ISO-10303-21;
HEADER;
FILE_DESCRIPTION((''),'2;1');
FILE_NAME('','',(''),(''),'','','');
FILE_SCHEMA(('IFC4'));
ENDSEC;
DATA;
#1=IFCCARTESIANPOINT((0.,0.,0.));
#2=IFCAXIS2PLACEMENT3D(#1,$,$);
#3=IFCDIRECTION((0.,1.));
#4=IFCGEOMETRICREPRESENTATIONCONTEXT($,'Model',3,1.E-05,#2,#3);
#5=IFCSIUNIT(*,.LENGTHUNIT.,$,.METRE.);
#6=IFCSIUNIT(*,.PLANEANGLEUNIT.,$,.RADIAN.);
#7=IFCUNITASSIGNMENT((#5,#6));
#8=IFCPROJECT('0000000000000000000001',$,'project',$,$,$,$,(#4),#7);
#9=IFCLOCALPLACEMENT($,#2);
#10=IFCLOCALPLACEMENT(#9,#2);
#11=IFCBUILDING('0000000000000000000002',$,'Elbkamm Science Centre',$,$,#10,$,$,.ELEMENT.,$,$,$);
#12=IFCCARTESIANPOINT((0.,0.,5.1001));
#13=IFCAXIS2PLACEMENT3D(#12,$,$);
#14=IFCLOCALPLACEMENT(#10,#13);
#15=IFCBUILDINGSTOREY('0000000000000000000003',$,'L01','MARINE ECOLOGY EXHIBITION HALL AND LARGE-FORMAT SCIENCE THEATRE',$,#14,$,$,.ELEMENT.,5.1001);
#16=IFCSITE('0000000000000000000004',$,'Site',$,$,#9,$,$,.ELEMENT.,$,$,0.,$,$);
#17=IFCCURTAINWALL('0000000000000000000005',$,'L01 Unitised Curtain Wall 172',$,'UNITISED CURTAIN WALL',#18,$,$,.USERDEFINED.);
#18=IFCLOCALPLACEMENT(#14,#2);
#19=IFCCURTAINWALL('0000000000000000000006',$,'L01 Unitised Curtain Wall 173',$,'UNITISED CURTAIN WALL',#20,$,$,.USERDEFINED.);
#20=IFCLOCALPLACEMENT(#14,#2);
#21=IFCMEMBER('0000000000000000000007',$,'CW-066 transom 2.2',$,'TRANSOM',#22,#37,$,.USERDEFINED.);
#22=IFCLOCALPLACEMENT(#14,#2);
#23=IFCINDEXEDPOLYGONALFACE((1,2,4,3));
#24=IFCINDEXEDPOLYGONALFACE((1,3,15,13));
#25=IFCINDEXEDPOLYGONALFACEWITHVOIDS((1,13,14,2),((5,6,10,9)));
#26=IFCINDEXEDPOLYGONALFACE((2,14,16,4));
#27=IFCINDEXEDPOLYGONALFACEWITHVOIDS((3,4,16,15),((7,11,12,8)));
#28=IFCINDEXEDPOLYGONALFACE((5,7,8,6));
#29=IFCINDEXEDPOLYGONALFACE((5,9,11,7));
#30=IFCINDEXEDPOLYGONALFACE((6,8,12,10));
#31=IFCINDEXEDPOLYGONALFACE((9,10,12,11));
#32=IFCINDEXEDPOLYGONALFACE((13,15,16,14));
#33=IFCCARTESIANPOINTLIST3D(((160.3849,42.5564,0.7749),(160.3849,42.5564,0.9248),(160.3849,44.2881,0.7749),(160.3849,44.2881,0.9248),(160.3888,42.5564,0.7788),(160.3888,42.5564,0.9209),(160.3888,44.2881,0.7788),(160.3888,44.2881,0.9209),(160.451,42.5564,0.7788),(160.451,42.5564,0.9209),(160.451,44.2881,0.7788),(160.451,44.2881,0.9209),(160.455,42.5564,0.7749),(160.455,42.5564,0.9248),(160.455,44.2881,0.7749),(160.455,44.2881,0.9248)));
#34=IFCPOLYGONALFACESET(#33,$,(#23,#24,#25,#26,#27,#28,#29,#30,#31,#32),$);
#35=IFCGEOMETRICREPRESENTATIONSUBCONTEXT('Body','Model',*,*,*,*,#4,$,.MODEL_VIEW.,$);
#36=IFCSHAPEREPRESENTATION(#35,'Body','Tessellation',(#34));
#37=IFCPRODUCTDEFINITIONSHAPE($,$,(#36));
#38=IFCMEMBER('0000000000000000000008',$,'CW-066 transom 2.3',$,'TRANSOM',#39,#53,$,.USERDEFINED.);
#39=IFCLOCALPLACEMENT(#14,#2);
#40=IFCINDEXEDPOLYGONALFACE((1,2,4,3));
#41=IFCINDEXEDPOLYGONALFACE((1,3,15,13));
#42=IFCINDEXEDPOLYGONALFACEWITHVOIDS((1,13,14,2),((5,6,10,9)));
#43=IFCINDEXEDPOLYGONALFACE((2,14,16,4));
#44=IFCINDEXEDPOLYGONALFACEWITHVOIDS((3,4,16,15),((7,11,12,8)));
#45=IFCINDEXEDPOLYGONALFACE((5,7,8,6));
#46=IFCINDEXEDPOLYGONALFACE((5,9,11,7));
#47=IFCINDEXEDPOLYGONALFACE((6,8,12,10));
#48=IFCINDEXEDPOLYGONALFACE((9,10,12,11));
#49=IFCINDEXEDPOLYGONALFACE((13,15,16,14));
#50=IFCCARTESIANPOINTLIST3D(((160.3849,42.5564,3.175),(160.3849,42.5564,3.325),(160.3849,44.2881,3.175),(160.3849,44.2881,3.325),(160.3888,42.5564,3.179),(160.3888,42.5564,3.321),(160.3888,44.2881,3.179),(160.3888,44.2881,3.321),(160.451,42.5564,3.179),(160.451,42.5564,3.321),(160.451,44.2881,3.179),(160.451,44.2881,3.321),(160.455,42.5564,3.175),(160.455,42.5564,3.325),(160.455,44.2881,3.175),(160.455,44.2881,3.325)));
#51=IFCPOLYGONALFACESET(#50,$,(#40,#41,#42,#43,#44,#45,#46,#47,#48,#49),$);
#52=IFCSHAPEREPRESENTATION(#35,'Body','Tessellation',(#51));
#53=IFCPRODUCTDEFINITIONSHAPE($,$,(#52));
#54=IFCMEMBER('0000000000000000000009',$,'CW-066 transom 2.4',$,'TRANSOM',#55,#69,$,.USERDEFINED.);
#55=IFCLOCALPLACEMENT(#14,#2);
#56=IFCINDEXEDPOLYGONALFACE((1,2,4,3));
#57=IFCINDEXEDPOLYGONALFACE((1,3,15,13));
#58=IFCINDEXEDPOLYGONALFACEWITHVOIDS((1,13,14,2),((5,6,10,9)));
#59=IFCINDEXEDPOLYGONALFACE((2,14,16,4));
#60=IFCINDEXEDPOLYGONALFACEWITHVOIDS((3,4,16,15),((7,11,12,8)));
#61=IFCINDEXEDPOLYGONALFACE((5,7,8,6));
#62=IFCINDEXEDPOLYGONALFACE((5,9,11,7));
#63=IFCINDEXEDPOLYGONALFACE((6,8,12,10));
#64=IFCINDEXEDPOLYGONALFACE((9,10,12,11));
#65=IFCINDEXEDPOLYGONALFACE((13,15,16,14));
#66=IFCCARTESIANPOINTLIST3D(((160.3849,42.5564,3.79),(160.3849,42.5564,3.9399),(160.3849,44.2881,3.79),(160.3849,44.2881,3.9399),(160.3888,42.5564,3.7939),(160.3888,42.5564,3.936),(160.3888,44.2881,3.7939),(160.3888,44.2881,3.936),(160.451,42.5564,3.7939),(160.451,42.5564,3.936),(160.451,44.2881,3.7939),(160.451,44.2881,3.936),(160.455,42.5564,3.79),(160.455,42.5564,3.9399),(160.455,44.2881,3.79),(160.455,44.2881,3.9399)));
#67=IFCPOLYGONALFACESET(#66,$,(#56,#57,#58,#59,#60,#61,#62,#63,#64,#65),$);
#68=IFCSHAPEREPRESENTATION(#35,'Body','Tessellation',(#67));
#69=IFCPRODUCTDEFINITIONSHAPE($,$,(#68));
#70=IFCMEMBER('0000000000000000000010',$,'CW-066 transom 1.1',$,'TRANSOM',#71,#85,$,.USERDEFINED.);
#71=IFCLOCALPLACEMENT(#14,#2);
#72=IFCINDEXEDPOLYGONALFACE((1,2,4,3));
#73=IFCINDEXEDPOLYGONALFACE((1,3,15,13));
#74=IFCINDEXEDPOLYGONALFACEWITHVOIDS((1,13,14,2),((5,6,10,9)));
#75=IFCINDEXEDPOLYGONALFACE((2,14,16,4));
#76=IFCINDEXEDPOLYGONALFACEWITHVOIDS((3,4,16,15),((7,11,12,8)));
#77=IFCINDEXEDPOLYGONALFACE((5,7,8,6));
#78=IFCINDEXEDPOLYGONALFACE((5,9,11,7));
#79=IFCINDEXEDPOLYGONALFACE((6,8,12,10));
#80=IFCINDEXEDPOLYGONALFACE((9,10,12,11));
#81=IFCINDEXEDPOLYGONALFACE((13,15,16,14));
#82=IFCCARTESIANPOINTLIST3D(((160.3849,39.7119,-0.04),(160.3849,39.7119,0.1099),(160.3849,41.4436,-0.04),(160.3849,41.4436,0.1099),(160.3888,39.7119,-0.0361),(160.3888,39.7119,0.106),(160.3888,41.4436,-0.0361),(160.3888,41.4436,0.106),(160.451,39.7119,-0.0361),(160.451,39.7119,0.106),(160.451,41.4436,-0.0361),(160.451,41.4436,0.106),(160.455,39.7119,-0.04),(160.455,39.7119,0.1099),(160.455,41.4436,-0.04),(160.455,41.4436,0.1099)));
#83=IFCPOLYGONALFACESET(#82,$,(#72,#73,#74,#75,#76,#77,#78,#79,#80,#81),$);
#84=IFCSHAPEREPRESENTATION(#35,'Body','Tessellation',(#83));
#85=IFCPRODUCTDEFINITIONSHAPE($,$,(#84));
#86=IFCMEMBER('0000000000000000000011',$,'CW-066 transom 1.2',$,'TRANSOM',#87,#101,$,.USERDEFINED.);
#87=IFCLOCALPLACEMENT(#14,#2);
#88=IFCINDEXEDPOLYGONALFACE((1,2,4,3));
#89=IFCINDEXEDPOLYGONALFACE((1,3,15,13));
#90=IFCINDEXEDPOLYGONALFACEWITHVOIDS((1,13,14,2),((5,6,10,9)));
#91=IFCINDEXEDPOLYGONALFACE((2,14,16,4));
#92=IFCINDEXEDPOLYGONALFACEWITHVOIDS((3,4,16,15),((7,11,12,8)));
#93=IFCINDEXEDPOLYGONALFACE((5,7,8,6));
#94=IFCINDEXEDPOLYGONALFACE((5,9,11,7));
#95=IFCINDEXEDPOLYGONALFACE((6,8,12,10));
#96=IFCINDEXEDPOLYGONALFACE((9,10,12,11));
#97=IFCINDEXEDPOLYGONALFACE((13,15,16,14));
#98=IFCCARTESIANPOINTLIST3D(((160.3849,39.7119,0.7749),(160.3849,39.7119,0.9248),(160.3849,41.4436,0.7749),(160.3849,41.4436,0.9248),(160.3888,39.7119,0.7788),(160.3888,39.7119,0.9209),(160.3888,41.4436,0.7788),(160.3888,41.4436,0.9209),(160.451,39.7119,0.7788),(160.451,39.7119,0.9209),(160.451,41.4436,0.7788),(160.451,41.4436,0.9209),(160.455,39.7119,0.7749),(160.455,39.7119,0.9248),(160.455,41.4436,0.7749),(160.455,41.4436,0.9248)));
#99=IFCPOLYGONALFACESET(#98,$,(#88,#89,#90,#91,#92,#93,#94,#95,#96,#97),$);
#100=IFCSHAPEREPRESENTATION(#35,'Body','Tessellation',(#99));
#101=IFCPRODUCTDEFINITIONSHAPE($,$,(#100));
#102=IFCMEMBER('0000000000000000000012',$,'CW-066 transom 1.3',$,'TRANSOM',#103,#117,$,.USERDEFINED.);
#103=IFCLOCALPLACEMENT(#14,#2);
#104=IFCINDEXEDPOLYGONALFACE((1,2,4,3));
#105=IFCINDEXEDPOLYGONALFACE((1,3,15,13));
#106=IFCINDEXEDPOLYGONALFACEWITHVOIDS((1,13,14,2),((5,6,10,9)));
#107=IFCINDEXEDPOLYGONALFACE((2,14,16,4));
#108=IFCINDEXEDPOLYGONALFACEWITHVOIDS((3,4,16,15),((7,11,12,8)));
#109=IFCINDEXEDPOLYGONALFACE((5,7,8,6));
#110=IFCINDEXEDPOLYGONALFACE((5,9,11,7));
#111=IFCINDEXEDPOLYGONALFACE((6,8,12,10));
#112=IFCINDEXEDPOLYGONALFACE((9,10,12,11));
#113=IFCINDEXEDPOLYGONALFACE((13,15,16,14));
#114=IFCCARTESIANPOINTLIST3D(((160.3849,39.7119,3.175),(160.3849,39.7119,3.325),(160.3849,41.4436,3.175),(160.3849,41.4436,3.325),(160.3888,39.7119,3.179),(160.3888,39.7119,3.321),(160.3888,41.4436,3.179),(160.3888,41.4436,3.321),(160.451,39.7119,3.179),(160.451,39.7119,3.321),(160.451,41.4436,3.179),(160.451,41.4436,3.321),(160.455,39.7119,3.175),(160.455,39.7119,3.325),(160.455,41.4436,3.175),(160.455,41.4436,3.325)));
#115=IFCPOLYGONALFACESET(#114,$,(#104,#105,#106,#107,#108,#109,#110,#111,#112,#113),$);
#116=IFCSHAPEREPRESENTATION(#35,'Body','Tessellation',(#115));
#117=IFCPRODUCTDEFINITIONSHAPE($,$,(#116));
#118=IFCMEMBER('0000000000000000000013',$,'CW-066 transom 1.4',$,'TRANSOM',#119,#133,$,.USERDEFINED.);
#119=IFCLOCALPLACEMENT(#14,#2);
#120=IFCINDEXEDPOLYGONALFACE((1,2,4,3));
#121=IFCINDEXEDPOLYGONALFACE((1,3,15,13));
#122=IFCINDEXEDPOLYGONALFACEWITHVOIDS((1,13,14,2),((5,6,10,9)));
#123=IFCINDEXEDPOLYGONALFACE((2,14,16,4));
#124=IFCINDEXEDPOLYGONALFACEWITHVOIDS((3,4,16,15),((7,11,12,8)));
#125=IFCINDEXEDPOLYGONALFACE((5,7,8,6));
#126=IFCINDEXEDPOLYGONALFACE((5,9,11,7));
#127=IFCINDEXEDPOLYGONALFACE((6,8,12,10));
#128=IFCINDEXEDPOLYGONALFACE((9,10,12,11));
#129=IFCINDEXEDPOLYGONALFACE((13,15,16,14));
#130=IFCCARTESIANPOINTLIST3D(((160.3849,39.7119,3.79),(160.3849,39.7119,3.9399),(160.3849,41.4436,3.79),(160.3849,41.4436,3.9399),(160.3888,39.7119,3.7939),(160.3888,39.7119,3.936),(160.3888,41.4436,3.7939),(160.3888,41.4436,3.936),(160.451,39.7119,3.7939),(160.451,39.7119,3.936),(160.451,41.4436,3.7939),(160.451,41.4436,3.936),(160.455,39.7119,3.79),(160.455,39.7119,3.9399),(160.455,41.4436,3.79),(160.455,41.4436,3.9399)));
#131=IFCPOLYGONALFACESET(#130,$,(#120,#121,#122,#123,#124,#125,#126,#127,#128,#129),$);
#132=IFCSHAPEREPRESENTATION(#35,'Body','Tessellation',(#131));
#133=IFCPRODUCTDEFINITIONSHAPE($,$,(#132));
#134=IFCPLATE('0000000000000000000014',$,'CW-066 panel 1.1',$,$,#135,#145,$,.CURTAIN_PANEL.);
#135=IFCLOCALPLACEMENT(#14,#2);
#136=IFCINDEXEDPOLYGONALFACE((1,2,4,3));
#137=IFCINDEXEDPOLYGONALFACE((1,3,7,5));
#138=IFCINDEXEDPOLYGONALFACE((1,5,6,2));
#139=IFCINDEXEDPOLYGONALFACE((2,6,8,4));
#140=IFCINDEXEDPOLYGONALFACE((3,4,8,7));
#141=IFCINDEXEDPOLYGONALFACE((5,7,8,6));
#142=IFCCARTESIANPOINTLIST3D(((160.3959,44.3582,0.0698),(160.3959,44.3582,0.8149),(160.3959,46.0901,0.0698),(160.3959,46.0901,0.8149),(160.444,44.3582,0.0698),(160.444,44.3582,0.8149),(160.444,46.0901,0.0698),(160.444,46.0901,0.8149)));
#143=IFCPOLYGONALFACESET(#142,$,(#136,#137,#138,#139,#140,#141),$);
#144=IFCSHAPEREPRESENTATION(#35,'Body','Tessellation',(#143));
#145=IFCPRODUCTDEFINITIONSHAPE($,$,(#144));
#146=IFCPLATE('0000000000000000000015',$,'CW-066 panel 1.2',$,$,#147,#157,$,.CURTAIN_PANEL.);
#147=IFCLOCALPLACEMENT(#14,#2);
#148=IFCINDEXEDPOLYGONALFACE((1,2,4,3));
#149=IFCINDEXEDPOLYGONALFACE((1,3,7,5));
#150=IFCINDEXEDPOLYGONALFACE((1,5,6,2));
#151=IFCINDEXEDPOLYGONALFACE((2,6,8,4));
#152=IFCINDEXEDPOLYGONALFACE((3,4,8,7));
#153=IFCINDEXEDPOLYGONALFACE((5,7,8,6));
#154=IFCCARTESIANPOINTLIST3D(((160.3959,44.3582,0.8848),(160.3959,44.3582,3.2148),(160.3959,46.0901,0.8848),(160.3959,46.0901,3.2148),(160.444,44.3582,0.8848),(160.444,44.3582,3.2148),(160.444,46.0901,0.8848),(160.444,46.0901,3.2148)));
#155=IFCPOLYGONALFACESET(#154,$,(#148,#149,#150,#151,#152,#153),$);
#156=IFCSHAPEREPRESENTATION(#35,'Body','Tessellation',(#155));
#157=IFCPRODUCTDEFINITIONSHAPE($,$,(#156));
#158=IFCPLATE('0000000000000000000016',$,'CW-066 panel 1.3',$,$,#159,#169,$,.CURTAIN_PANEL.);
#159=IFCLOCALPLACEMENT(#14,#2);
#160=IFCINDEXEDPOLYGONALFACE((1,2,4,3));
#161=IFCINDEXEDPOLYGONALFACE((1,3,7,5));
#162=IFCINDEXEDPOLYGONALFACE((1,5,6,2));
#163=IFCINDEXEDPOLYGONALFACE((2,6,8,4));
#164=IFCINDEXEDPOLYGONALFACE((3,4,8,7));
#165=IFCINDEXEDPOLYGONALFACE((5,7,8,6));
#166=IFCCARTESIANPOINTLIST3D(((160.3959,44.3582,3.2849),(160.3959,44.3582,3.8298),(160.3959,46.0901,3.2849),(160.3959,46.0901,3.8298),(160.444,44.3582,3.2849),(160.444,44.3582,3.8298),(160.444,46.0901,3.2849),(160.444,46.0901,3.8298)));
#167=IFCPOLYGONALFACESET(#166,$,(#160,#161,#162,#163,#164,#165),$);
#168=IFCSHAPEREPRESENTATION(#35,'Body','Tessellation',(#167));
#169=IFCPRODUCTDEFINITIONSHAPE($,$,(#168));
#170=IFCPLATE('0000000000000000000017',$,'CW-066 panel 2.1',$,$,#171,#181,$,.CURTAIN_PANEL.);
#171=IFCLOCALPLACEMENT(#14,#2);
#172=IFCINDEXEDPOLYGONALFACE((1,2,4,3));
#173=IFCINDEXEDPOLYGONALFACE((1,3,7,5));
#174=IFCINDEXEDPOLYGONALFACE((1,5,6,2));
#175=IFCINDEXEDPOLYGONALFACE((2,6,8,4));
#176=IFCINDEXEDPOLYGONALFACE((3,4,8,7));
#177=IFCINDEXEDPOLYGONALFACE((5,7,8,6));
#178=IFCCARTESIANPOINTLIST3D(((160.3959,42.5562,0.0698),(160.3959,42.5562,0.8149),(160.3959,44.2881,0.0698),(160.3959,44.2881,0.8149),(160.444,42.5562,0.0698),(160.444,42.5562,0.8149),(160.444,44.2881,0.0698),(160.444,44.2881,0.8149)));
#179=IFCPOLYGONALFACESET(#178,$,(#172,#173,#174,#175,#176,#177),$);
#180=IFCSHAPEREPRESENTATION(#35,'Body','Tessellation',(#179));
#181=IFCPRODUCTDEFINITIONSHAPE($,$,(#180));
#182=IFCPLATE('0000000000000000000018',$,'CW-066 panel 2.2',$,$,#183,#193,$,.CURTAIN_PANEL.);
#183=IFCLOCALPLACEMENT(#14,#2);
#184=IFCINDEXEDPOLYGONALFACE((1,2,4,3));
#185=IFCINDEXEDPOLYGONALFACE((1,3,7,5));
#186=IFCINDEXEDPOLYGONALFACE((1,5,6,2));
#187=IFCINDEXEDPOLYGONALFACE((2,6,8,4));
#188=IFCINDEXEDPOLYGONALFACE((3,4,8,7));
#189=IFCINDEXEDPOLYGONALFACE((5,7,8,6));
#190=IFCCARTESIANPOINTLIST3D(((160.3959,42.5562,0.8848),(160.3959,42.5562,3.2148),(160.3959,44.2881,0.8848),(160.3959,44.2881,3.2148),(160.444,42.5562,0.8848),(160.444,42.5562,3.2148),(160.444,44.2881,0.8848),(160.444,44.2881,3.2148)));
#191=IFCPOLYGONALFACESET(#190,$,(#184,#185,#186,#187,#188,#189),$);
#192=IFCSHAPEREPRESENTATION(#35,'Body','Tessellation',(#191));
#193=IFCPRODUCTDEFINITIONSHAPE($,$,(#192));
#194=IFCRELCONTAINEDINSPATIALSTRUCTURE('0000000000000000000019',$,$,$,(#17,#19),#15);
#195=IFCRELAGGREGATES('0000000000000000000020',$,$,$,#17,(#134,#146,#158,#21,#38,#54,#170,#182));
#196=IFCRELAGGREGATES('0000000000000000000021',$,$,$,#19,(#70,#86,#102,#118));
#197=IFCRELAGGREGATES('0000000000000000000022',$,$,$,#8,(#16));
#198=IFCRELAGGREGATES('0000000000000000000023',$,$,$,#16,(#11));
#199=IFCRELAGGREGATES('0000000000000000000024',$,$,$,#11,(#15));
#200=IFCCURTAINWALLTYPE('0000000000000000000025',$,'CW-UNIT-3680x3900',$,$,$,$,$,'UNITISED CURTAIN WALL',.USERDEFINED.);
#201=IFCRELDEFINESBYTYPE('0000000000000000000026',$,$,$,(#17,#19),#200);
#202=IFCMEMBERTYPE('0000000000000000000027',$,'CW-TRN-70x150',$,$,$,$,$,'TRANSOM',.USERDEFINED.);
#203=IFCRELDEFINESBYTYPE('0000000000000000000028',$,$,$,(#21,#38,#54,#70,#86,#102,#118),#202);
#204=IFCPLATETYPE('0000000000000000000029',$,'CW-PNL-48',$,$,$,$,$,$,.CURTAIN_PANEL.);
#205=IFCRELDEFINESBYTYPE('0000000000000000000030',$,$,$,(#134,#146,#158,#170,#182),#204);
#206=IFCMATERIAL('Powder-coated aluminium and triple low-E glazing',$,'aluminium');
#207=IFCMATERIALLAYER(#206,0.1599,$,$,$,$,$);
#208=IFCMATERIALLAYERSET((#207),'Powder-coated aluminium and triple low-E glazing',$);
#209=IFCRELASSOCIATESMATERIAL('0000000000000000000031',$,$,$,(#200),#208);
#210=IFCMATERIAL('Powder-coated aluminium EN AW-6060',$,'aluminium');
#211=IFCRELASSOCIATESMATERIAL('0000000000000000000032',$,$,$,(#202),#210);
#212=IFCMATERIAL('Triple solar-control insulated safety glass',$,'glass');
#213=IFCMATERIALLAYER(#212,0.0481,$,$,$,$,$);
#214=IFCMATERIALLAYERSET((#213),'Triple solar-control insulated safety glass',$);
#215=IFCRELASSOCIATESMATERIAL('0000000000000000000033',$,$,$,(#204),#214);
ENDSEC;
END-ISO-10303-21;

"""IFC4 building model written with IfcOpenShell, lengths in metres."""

from ifc_helpers import new_model, si_unit, direction, frame, origin, origin_2d, place, context, subcontext, project, spatial, rectangle, hollow_rectangle, extrude, material, layer, layer_set, material_profile, profile_set, type_object, element, aggregate, save


model = new_model("IFC4")

# Units and contexts
model_context = context("Model", 3, precision=1e-05, world=origin(), true_north=direction((0.0, 1.0)))
body_context = subcontext(model_context, "Body", "Model", "MODEL_VIEW")
ifc_project = project(units=[si_unit("LENGTHUNIT", "METRE"), si_unit("PLANEANGLEUNIT", "RADIAN")], contexts=[model_context])

# Site, building, storey
site_placement = place(None, origin())
site = spatial("IfcSite", under=ifc_project, at=site_placement, Name="Site", CompositionType="ELEMENT", RefElevation=0.0)
building_placement = place(site_placement, origin())
building = spatial("IfcBuilding", under=site, at=building_placement, Name="Elbkamm Science Centre", CompositionType="ELEMENT")
storey_placement = place(building_placement, frame((0.0, 0.0, 5.1001)))
storey = spatial("IfcBuildingStorey", under=building, at=storey_placement, Name="L01", Description="MARINE ECOLOGY EXHIBITION HALL AND LARGE-FORMAT SCIENCE THEATRE", CompositionType="ELEMENT", Elevation=5.1001)

# Curtain wall
ifc_material_1 = material(Name="Powder-coated aluminium and triple low-E glazing", Category="aluminium")
ifc_layer_1 = layer(ifc_material_1, 0.1599)
ifc_layer_set_1 = layer_set([ifc_layer_1], Name="Powder-coated aluminium and triple low-E glazing")
curtain_wall_type = type_object("IfcCurtainWallType", Name="CW-UNIT-3680x3900", ElementType="UNITISED CURTAIN WALL", PredefinedType="USERDEFINED", material=ifc_layer_set_1)
curtain_wall_1_placement = place(storey_placement, origin())
curtain_wall_1 = element("IfcCurtainWall", 1, at=curtain_wall_1_placement, inside=storey, type_object=curtain_wall_type, Name="L01 Unitised Curtain Wall 172", ObjectType="UNITISED CURTAIN WALL", PredefinedType="USERDEFINED")
ifc_material_2 = material(Name="Powder-coated aluminium EN AW-6060", Category="aluminium")

# Curtain wall
curtain_wall_2_placement = place(storey_placement, origin())
curtain_wall_2 = element("IfcCurtainWall", 2, at=curtain_wall_2_placement, inside=storey, type_object=curtain_wall_type, Name="L01 Unitised Curtain Wall 173", ObjectType="UNITISED CURTAIN WALL", PredefinedType="USERDEFINED")

# Members
ifc_material_profile_1 = material_profile(ifc_material_2, hollow_rectangle(XDim=0.0701, YDim=0.1499, WallThickness=0.0039, at=origin_2d()), Name="ALU T70x150")
ifc_profile_set_1 = profile_set([ifc_material_profile_1], Name="Powder-coated aluminium EN AW-6060")
member_type_1 = type_object("IfcMemberType", Name="CW-TRN-70x150", ElementType="TRANSOM", PredefinedType="USERDEFINED", material=ifc_profile_set_1)
member_1_placement = place(storey_placement, frame((160.4199, 44.2881, 0.8499), z_axis=(0.0, -1.0, 0.0), x_axis=(1.0, 0.0, 0.0)))
member_1 = element("IfcMember", 3, at=member_1_placement, type_object=member_type_1, Name="CW-066 transom 2.2", ObjectType="TRANSOM", PredefinedType="USERDEFINED", context=body_context, shape_type="SweptSolid", body=[
    extrude(hollow_rectangle(XDim=0.0701, YDim=0.1499, WallThickness=0.0039, at=origin_2d()), origin(), (0.0, 0.0, 1.0), 1.7317),
])
member_2_placement = place(storey_placement, frame((160.4199, 44.2881, 3.25), z_axis=(0.0, -1.0, 0.0), x_axis=(1.0, 0.0, 0.0)))
member_2 = element("IfcMember", 4, at=member_2_placement, type_object=member_type_1, Name="CW-066 transom 2.3", ObjectType="TRANSOM", PredefinedType="USERDEFINED", context=body_context, shape_type="SweptSolid", body=[
    extrude(hollow_rectangle(XDim=0.0701, YDim=0.1499, WallThickness=0.0039, at=origin_2d()), origin(), (0.0, 0.0, 1.0), 1.7317),
])
member_3_placement = place(storey_placement, frame((160.4199, 44.2881, 3.865), z_axis=(0.0, -1.0, 0.0), x_axis=(1.0, 0.0, 0.0)))
member_3 = element("IfcMember", 5, at=member_3_placement, type_object=member_type_1, Name="CW-066 transom 2.4", ObjectType="TRANSOM", PredefinedType="USERDEFINED", context=body_context, shape_type="SweptSolid", body=[
    extrude(hollow_rectangle(XDim=0.0701, YDim=0.1499, WallThickness=0.0039, at=origin_2d()), origin(), (0.0, 0.0, 1.0), 1.7317),
])
member_4_placement = place(storey_placement, frame((160.4199, 41.4436, 0.0349), z_axis=(0.0, -1.0, 0.0), x_axis=(1.0, 0.0, 0.0)))
member_4 = element("IfcMember", 6, at=member_4_placement, type_object=member_type_1, Name="CW-066 transom 1.1", ObjectType="TRANSOM", PredefinedType="USERDEFINED", context=body_context, shape_type="SweptSolid", body=[
    extrude(hollow_rectangle(XDim=0.0701, YDim=0.1499, WallThickness=0.0039, at=origin_2d()), origin(), (0.0, 0.0, 1.0), 1.7317),
])
member_5_placement = place(storey_placement, frame((160.4199, 41.4436, 0.8499), z_axis=(0.0, -1.0, 0.0), x_axis=(1.0, 0.0, 0.0)))
member_5 = element("IfcMember", 7, at=member_5_placement, type_object=member_type_1, Name="CW-066 transom 1.2", ObjectType="TRANSOM", PredefinedType="USERDEFINED", context=body_context, shape_type="SweptSolid", body=[
    extrude(hollow_rectangle(XDim=0.0701, YDim=0.1499, WallThickness=0.0039, at=origin_2d()), origin(), (0.0, 0.0, 1.0), 1.7317),
])
member_6_placement = place(storey_placement, frame((160.4199, 41.4436, 3.25), z_axis=(0.0, -1.0, 0.0), x_axis=(1.0, 0.0, 0.0)))
member_6 = element("IfcMember", 8, at=member_6_placement, type_object=member_type_1, Name="CW-066 transom 1.3", ObjectType="TRANSOM", PredefinedType="USERDEFINED", context=body_context, shape_type="SweptSolid", body=[
    extrude(hollow_rectangle(XDim=0.0701, YDim=0.1499, WallThickness=0.0039, at=origin_2d()), origin(), (0.0, 0.0, 1.0), 1.7317),
])
member_7_placement = place(storey_placement, frame((160.4199, 41.4436, 3.865), z_axis=(0.0, -1.0, 0.0), x_axis=(1.0, 0.0, 0.0)))
member_7 = element("IfcMember", 9, at=member_7_placement, type_object=member_type_1, Name="CW-066 transom 1.4", ObjectType="TRANSOM", PredefinedType="USERDEFINED", context=body_context, shape_type="SweptSolid", body=[
    extrude(hollow_rectangle(XDim=0.0701, YDim=0.1499, WallThickness=0.0039, at=origin_2d()), origin(), (0.0, 0.0, 1.0), 1.7317),
])

# Plates
ifc_material_3 = material(Name="Triple solar-control insulated safety glass", Category="glass")
ifc_layer_2 = layer(ifc_material_3, 0.0481)
ifc_layer_set_2 = layer_set([ifc_layer_2], Name="Triple solar-control insulated safety glass")
plate_type = type_object("IfcPlateType", Name="CW-PNL-48", PredefinedType="CURTAIN_PANEL", material=ifc_layer_set_2)
plate_1_placement = place(storey_placement, frame((160.4199, 45.2241, 0.0698), z_axis=(0.0, 0.0, 1.0), x_axis=(0.0, -1.0, 0.0)))
plate_1 = element("IfcPlate", 10, at=plate_1_placement, type_object=plate_type, Name="CW-066 panel 1.1", PredefinedType="CURTAIN_PANEL", context=body_context, shape_type="SweptSolid", body=[
    extrude(rectangle(XDim=1.7319, YDim=0.0481, at=origin_2d()), origin(), (0.0, 0.0, 1.0), 0.7451),
])
plate_2_placement = place(storey_placement, frame((160.4199, 45.2241, 0.8848), z_axis=(0.0, 0.0, 1.0), x_axis=(0.0, -1.0, 0.0)))
plate_2 = element("IfcPlate", 11, at=plate_2_placement, type_object=plate_type, Name="CW-066 panel 1.2", PredefinedType="CURTAIN_PANEL", context=body_context, shape_type="SweptSolid", body=[
    extrude(rectangle(XDim=1.7319, YDim=0.0481, at=origin_2d()), origin(), (0.0, 0.0, 1.0), 2.3301),
])
plate_3_placement = place(storey_placement, frame((160.4199, 45.2241, 3.2849), z_axis=(0.0, 0.0, 1.0), x_axis=(0.0, -1.0, 0.0)))
plate_3 = element("IfcPlate", 12, at=plate_3_placement, type_object=plate_type, Name="CW-066 panel 1.3", PredefinedType="CURTAIN_PANEL", context=body_context, shape_type="SweptSolid", body=[
    extrude(rectangle(XDim=1.7319, YDim=0.0481, at=origin_2d()), origin(), (0.0, 0.0, 1.0), 0.5449),
])
plate_4_placement = place(storey_placement, frame((160.4199, 43.4221, 0.0698), z_axis=(0.0, 0.0, 1.0), x_axis=(0.0, -1.0, 0.0)))
plate_4 = element("IfcPlate", 13, at=plate_4_placement, type_object=plate_type, Name="CW-066 panel 2.1", PredefinedType="CURTAIN_PANEL", context=body_context, shape_type="SweptSolid", body=[
    extrude(rectangle(XDim=1.7319, YDim=0.0481, at=origin_2d()), origin(), (0.0, 0.0, 1.0), 0.7451),
])
plate_5_placement = place(storey_placement, frame((160.4199, 43.4221, 0.8848), z_axis=(0.0, 0.0, 1.0), x_axis=(0.0, -1.0, 0.0)))
plate_5 = element("IfcPlate", 14, at=plate_5_placement, type_object=plate_type, Name="CW-066 panel 2.2", PredefinedType="CURTAIN_PANEL", context=body_context, shape_type="SweptSolid", body=[
    extrude(rectangle(XDim=1.7319, YDim=0.0481, at=origin_2d()), origin(), (0.0, 0.0, 1.0), 2.3301),
])
aggregate(curtain_wall_1, [plate_1, plate_2, plate_3, member_1, member_2, member_3, plate_4, plate_5])
aggregate(curtain_wall_2, [member_4, member_5, member_6, member_7])

save(model, "model.ifc")
